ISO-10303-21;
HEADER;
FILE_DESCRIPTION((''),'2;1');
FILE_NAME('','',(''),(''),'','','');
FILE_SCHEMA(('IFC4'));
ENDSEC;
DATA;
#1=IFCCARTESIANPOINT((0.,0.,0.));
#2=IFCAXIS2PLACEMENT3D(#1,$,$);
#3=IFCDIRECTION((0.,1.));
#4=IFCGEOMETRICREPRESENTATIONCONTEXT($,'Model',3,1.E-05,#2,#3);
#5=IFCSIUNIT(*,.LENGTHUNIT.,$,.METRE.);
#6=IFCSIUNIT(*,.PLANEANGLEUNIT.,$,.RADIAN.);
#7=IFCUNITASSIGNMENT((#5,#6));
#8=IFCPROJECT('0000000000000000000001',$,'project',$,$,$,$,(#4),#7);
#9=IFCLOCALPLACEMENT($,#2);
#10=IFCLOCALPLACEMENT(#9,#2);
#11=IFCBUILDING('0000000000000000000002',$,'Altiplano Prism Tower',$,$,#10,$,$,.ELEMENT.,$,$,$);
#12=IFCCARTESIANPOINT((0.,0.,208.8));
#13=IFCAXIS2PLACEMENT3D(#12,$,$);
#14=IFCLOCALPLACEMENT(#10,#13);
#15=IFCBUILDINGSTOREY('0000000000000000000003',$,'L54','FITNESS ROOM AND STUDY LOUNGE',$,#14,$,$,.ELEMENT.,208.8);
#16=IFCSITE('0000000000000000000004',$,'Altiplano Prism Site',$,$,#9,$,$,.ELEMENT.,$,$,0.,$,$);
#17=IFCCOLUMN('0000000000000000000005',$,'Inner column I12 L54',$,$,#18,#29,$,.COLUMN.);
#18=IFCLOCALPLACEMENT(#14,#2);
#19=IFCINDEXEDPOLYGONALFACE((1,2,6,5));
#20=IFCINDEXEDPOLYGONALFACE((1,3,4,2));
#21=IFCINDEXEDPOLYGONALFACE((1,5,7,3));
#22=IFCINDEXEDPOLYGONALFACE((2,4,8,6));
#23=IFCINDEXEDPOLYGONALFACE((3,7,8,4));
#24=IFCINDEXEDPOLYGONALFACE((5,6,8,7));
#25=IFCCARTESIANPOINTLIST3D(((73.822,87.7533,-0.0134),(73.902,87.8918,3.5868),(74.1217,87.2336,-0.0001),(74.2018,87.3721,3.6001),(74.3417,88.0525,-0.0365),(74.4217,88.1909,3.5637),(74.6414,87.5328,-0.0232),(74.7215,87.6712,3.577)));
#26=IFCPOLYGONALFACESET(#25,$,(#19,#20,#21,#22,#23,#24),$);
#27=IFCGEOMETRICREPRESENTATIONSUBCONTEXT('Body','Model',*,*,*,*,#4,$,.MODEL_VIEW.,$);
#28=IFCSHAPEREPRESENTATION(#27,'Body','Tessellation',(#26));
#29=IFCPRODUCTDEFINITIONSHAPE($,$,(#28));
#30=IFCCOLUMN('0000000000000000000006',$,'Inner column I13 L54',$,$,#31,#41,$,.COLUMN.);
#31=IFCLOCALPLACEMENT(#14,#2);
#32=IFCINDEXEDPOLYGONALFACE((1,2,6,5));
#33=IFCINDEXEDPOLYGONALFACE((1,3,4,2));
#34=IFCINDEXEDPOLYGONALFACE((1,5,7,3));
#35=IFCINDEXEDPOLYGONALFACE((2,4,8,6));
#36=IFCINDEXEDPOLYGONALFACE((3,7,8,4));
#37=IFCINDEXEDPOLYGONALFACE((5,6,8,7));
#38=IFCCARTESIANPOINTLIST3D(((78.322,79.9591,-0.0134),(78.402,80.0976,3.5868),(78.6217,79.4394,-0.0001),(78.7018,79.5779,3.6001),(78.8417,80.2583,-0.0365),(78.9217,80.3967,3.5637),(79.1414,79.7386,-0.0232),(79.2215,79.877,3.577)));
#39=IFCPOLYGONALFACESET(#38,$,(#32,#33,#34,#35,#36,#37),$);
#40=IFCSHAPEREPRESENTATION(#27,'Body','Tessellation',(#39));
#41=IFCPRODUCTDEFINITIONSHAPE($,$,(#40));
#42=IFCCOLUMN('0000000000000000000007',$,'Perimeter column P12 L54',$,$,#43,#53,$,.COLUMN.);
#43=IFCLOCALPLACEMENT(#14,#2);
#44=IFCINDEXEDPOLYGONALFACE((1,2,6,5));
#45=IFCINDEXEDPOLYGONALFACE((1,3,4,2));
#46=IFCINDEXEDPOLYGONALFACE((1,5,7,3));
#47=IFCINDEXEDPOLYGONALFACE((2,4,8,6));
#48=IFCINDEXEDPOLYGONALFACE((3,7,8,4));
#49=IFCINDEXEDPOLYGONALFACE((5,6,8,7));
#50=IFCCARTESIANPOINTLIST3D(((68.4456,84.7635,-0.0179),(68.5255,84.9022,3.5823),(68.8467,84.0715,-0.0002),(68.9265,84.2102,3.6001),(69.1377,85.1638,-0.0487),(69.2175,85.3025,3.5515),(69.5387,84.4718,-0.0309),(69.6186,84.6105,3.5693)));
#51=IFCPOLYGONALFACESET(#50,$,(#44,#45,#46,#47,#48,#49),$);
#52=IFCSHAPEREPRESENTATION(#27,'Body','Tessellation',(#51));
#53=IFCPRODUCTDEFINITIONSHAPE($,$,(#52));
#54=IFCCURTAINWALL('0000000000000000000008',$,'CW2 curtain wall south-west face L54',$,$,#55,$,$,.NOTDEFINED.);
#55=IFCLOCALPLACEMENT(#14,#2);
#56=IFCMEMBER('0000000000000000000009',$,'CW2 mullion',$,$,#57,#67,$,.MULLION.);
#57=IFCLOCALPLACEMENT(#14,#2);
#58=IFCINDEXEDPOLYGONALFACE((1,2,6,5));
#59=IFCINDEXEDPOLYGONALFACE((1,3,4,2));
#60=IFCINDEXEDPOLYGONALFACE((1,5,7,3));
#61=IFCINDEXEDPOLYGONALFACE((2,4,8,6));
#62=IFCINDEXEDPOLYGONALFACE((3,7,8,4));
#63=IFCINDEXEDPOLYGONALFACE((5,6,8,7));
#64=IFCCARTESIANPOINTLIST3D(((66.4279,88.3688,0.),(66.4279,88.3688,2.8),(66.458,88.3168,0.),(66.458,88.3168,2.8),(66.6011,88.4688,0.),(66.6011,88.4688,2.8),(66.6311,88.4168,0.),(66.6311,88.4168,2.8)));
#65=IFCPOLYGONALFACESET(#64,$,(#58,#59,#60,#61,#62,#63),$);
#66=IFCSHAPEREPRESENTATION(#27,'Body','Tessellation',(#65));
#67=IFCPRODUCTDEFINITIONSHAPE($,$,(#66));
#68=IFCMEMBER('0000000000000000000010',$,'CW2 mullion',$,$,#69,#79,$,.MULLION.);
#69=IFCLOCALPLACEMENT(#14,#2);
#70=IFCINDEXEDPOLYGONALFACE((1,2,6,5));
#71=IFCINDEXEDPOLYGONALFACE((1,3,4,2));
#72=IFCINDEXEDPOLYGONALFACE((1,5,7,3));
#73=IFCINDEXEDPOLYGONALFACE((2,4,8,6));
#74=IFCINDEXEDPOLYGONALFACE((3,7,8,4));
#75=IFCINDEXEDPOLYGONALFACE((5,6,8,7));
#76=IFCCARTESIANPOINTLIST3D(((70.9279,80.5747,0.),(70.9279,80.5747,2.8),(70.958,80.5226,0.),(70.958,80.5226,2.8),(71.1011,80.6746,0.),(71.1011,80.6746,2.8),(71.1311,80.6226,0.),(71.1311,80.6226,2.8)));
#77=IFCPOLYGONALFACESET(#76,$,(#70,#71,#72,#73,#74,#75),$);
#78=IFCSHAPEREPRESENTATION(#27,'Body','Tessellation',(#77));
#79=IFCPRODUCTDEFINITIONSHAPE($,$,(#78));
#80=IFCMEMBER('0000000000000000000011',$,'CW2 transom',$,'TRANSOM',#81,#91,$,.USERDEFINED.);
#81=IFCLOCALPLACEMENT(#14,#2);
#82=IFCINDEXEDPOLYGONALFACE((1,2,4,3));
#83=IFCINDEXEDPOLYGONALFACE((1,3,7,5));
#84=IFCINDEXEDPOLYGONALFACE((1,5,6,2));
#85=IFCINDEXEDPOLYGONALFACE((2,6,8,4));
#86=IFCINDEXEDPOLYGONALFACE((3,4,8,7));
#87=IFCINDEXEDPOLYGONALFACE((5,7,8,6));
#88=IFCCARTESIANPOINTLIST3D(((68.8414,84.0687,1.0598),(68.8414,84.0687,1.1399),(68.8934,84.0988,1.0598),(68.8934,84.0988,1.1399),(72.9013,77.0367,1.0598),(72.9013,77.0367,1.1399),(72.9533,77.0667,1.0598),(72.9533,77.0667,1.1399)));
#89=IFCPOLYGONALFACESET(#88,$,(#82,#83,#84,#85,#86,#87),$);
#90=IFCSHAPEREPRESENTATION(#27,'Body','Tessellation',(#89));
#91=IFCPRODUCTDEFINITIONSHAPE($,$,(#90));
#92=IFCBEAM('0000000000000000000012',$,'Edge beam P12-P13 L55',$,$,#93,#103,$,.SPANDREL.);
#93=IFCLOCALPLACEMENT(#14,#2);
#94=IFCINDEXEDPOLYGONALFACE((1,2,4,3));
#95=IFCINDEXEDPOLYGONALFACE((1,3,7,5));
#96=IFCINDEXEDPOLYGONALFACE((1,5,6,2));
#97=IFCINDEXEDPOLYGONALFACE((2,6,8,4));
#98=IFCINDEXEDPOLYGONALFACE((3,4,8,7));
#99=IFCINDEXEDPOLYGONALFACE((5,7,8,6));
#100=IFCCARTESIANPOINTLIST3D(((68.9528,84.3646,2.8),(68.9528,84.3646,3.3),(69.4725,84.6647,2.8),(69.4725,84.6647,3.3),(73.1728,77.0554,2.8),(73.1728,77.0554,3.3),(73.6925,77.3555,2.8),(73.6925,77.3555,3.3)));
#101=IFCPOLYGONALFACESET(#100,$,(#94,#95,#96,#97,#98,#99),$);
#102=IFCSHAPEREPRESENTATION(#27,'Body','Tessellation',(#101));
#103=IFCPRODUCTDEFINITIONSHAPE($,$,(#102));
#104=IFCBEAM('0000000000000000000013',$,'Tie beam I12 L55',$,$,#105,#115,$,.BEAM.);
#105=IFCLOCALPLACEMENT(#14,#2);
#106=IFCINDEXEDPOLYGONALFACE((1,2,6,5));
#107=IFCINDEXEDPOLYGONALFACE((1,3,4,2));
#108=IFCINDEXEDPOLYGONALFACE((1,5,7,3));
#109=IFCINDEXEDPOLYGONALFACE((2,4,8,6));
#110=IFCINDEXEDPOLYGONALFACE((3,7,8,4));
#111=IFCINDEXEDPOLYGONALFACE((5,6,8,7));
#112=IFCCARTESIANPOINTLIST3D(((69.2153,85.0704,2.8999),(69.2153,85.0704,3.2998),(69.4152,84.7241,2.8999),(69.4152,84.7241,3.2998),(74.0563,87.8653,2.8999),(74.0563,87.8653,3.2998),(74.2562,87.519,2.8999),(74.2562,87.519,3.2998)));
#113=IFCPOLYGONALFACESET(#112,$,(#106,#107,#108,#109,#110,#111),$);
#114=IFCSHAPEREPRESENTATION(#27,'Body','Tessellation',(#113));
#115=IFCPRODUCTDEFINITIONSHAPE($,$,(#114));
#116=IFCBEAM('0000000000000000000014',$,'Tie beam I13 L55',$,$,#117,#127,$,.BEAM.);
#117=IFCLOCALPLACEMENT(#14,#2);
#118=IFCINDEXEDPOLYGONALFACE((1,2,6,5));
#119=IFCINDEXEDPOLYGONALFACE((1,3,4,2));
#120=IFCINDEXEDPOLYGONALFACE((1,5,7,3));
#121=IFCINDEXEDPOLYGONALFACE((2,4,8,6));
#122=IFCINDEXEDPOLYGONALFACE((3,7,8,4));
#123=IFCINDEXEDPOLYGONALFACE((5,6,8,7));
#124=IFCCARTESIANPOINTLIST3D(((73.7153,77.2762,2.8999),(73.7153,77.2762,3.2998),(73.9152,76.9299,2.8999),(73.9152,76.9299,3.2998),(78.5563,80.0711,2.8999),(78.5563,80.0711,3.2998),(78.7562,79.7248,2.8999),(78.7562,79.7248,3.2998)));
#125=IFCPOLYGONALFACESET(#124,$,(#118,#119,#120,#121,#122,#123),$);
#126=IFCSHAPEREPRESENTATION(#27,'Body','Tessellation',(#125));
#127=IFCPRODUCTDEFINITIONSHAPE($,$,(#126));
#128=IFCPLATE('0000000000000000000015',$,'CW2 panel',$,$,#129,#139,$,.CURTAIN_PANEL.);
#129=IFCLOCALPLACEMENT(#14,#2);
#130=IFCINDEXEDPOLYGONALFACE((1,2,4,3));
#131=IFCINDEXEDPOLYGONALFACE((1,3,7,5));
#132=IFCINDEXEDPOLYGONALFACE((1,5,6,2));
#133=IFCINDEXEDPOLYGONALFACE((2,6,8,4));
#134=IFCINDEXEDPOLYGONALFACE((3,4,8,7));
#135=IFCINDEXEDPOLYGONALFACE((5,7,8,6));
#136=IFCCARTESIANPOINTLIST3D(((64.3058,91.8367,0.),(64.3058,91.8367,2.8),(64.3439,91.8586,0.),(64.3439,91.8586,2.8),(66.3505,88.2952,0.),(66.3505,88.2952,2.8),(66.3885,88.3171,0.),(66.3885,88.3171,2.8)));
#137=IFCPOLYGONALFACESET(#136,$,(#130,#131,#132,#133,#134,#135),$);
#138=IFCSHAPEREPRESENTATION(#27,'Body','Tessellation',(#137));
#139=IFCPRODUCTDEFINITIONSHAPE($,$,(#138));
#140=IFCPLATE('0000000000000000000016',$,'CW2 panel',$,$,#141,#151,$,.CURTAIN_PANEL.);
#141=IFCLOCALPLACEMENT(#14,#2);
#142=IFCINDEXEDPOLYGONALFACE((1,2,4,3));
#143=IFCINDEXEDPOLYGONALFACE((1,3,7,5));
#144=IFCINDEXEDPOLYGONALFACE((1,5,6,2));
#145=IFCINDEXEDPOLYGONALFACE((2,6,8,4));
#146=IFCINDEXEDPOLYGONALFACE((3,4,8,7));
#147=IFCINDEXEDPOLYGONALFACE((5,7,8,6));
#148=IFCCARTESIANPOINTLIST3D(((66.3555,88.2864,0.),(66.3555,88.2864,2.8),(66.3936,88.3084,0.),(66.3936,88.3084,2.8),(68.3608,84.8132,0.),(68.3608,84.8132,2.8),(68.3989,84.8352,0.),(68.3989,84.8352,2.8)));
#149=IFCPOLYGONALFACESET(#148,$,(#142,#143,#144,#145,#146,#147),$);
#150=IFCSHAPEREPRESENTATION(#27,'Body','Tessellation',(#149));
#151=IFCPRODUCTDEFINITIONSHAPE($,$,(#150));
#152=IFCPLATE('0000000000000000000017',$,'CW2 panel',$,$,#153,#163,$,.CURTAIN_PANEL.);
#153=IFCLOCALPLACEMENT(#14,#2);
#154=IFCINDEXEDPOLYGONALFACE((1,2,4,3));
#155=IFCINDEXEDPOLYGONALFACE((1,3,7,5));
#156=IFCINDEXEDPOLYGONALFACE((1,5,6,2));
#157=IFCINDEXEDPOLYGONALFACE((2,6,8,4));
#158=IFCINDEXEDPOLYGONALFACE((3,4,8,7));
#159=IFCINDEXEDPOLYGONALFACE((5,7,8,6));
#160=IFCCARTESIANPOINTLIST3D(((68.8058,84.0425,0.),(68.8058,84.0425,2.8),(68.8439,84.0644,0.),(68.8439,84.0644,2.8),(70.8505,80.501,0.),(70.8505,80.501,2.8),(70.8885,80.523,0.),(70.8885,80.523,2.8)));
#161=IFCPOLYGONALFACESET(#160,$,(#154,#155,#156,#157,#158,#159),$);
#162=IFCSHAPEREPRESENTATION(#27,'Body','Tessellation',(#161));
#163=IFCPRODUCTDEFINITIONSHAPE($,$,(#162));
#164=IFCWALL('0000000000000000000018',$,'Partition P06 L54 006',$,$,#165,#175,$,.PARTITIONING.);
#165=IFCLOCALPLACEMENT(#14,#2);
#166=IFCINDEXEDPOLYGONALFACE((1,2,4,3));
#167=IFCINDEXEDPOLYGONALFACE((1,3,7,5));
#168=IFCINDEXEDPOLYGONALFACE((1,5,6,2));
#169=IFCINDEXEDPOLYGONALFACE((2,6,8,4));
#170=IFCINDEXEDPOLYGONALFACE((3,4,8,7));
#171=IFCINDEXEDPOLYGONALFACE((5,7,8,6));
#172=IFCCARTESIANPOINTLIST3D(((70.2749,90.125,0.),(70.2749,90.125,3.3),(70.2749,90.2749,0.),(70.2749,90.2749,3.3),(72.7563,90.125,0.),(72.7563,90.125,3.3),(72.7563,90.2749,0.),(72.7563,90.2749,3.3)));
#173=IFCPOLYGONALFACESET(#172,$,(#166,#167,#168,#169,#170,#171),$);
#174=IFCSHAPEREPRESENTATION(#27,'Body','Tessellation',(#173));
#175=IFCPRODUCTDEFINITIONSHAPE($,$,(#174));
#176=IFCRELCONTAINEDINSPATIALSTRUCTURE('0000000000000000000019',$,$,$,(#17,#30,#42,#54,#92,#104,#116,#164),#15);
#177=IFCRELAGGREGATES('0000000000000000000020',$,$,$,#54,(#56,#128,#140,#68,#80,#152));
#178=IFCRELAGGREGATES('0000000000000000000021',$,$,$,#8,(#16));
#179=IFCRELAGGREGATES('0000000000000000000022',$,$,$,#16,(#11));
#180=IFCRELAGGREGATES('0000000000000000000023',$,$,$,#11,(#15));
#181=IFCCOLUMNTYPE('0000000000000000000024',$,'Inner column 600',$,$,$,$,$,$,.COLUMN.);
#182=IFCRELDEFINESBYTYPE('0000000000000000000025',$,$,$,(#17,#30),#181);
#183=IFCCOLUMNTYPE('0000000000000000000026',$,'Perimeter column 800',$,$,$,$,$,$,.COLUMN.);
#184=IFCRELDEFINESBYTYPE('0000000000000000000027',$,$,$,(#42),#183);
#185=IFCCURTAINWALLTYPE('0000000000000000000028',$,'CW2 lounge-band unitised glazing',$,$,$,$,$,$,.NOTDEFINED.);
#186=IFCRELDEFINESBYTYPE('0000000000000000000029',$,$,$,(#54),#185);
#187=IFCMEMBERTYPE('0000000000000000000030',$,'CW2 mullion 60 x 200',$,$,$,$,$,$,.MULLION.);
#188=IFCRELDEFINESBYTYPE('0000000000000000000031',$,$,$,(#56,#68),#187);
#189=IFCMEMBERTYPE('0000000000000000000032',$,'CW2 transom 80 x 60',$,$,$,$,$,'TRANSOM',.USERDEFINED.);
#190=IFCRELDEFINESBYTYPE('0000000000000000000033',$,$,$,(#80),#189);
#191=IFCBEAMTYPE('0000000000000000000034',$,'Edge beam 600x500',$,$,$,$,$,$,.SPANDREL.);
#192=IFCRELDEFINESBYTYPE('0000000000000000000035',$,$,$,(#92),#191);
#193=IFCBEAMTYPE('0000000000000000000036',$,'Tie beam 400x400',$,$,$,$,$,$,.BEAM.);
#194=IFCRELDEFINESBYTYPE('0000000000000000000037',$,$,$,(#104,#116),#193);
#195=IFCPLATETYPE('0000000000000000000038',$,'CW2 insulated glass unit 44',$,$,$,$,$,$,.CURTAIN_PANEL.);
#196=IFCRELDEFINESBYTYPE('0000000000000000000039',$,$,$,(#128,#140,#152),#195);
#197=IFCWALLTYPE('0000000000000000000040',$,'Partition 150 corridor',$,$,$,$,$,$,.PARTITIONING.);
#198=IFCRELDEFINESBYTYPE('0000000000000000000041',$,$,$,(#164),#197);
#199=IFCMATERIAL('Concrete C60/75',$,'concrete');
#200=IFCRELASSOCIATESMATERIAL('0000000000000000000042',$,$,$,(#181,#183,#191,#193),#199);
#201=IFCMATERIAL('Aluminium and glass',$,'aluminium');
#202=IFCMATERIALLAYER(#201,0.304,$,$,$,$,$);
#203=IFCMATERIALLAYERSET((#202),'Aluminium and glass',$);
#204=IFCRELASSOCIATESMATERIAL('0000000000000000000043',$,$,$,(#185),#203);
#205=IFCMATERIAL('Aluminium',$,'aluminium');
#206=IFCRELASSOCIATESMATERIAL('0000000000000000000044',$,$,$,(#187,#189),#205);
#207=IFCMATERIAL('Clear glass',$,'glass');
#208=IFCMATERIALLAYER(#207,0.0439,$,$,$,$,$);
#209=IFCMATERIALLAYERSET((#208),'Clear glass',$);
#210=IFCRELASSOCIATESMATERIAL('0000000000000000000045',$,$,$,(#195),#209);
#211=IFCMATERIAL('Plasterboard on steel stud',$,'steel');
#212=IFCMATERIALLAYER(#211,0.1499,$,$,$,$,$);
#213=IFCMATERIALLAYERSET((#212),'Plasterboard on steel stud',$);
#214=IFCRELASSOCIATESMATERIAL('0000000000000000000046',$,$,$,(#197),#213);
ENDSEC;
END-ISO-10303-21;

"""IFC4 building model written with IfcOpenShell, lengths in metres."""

from ifc_helpers import new_model, si_unit, direction, frame, frame_2d, origin, origin_2d, place, context, subcontext, project, spatial, rectangle, extrude, material, layer, layer_set, material_profile, profile_set, type_object, element, aggregate, save


model = new_model("IFC4")

# Units and contexts
model_context = context("Model", 3, precision=1e-05, world=origin(), true_north=direction((0.0, 1.0)))
body_context = subcontext(model_context, "Body", "Model", "MODEL_VIEW")
ifc_project = project(units=[si_unit("LENGTHUNIT", "METRE"), si_unit("PLANEANGLEUNIT", "RADIAN")], contexts=[model_context])

# Site, building, storey
site_placement = place(None, origin())
site = spatial("IfcSite", under=ifc_project, at=site_placement, Name="Altiplano Prism Site", CompositionType="ELEMENT", RefElevation=0.0)
building_placement = place(site_placement, origin())
building = spatial("IfcBuilding", under=site, at=building_placement, Name="Altiplano Prism Tower", CompositionType="ELEMENT")
storey_placement = place(building_placement, frame((0.0, 0.0, 208.8)))
storey = spatial("IfcBuildingStorey", under=building, at=storey_placement, Name="L54", Description="FITNESS ROOM AND STUDY LOUNGE", CompositionType="ELEMENT", Elevation=208.8)

# Columns
ifc_material_1 = material(Name="Concrete C60/75", Category="concrete")
ifc_material_profile_1 = material_profile(ifc_material_1, rectangle(XDim=0.6001, YDim=0.6001, at=origin_2d()), Name="Inner column 600")
ifc_profile_set_1 = profile_set([ifc_material_profile_1], Name="Concrete C60/75")
column_type_1 = type_object("IfcColumnType", Name="Inner column 600", PredefinedType="COLUMN", material=ifc_profile_set_1)
for number, where, z_axis, x_axis, name in (
    (1, (74.2317, 87.6431, -0.0183), (0.022221, 0.038413, 0.999015), (-0.866026, -0.49852, 0.038432), "Inner column I12 L54"),
    (2, (78.7317, 79.8489, -0.0183), (0.022221, 0.038413, 0.999015), (-0.866021, -0.498528, 0.038432), "Inner column I13 L54"),
):
    element("IfcColumn", number, at=place(storey_placement, frame(where, z_axis=z_axis, x_axis=x_axis)), inside=storey, type_object=column_type_1, Name=name, PredefinedType="COLUMN", context=body_context, shape_type="SweptSolid", body=[
        extrude(rectangle(XDim=0.6001, YDim=0.6001, at=origin_2d()), origin(), (0.0, 0.0, 1.0), 3.6038),
    ])
ifc_material_profile_2 = material_profile(ifc_material_1, rectangle(XDim=0.8, YDim=0.8, at=origin_2d()), Name="Perimeter column 800")
ifc_profile_set_2 = profile_set([ifc_material_profile_2], Name="Concrete C60/75")
column_type_2 = type_object("IfcColumnType", Name="Perimeter column 800", PredefinedType="COLUMN", material=ifc_profile_set_2)
column_placement = place(storey_placement, frame((68.9922, 84.6177, -0.0244), z_axis=(0.022154, 0.038481, 0.999014), x_axis=(-0.864984, -0.500324, 0.038453)))
element("IfcColumn", 3, at=column_placement, inside=storey, type_object=column_type_2, Name="Perimeter column P12 L54", PredefinedType="COLUMN", context=body_context, shape_type="SweptSolid", body=[
    extrude(rectangle(XDim=0.8, YDim=0.8, at=origin_2d()), origin(), (0.0, 0.0, 1.0), 3.6038),
])

# Curtain wall, members
ifc_material_2 = material(Name="Aluminium and glass", Category="aluminium")
ifc_layer_1 = layer(ifc_material_2, 0.304)
ifc_layer_set_1 = layer_set([ifc_layer_1], Name="Aluminium and glass")
curtain_wall_type = type_object("IfcCurtainWallType", Name="CW2 lounge-band unitised glazing", PredefinedType="NOTDEFINED", material=ifc_layer_set_1)
curtain_wall_placement = place(storey_placement, origin())
curtain_wall = element("IfcCurtainWall", 4, at=curtain_wall_placement, inside=storey, type_object=curtain_wall_type, Name="CW2 curtain wall south-west face L54", PredefinedType="NOTDEFINED")
ifc_material_3 = material(Name="Aluminium", Category="aluminium")
ifc_material_profile_3 = material_profile(ifc_material_3, rectangle(XDim=0.2, YDim=0.0601, at=origin_2d()), Name="CW2 mullion 60 x 200")
ifc_profile_set_3 = profile_set([ifc_material_profile_3], Name="Aluminium")
member_type_1 = type_object("IfcMemberType", Name="CW2 mullion 60 x 200", PredefinedType="MULLION", material=ifc_profile_set_3)
member_1_placement = place(storey_placement, frame((66.5295, 88.3928, 0.0), z_axis=(0.0, 0.0, 1.0), x_axis=(0.866025, 0.5, 0.0)))
member_1 = element("IfcMember", 5, at=member_1_placement, type_object=member_type_1, Name="CW2 mullion", PredefinedType="MULLION", context=body_context, shape_type="SweptSolid", body=[
    extrude(rectangle(XDim=0.2, YDim=0.0601, at=origin_2d()), origin(), (0.0, 0.0, 1.0), 2.8),
])
member_2_placement = place(storey_placement, frame((71.0295, 80.5986, 0.0), z_axis=(0.0, 0.0, 1.0), x_axis=(0.866025, 0.5, 0.0)))
member_2 = element("IfcMember", 6, at=member_2_placement, type_object=member_type_1, Name="CW2 mullion", PredefinedType="MULLION", context=body_context, shape_type="SweptSolid", body=[
    extrude(rectangle(XDim=0.2, YDim=0.0601, at=origin_2d()), origin(), (0.0, 0.0, 1.0), 2.8),
])
ifc_material_profile_4 = material_profile(ifc_material_3, rectangle(XDim=0.0601, YDim=0.0801, at=origin_2d()), Name="CW2 transom 80 x 60")
ifc_profile_set_4 = profile_set([ifc_material_profile_4], Name="Aluminium")
member_type_2 = type_object("IfcMemberType", Name="CW2 transom 80 x 60", ElementType="TRANSOM", PredefinedType="USERDEFINED", material=ifc_profile_set_4)
member_3_placement = place(storey_placement, frame((68.8674, 84.0837, 1.0999), z_axis=(0.499991, -0.866031, 0.0), x_axis=(0.866031, 0.499991, 0.0)))
member_3 = element("IfcMember", 7, at=member_3_placement, type_object=member_type_2, Name="CW2 transom", ObjectType="TRANSOM", PredefinedType="USERDEFINED", context=body_context, shape_type="SweptSolid", body=[
    extrude(rectangle(XDim=0.0601, YDim=0.0801, at=origin_2d()), origin(), (0.0, 0.0, 1.0), 8.1199),
])

# Beams
ifc_material_profile_5 = material_profile(ifc_material_1, rectangle(XDim=0.6001, YDim=0.5, at=origin_2d()), Name="Edge beam 600x500")
ifc_profile_set_5 = profile_set([ifc_material_profile_5], Name="Concrete C60/75")
beam_type_1 = type_object("IfcBeamType", Name="Edge beam 600x500", PredefinedType="SPANDREL", material=ifc_profile_set_5)
beam_placement = place(storey_placement, frame((69.2126, 84.5146, 3.05), z_axis=(0.500006, -0.866022, 0.0), x_axis=(0.866022, 0.500006, 0.0)))
element("IfcBeam", 8, at=beam_placement, inside=storey, type_object=beam_type_1, Name="Edge beam P12-P13 L55", PredefinedType="SPANDREL", context=body_context, shape_type="SweptSolid", body=[
    extrude(rectangle(XDim=0.6001, YDim=0.5, at=origin_2d()), origin(), (0.0, 0.0, 1.0), 8.4399),
])
ifc_material_profile_6 = material_profile(ifc_material_1, rectangle(XDim=0.3999, YDim=0.3999, at=origin_2d()), Name="Tie beam 400x400")
ifc_profile_set_6 = profile_set([ifc_material_profile_6], Name="Concrete C60/75")
beam_type_2 = type_object("IfcBeamType", Name="Tie beam 400x400", PredefinedType="BEAM", material=ifc_profile_set_6)
for number, where, z_axis, x_axis, name in (
    (9, (74.1562, 87.6921, 3.0999), (-0.866031, -0.499991, 0.0), (0.499991, -0.866031, 0.0), "Tie beam I12 L55"),
    (10, (78.6562, 79.8979, 3.0999), (-0.866031, -0.499991, 0.0), (0.499991, -0.866031, 0.0), "Tie beam I13 L55"),
):
    element("IfcBeam", number, at=place(storey_placement, frame(where, z_axis=z_axis, x_axis=x_axis)), inside=storey, type_object=beam_type_2, Name=name, PredefinedType="BEAM", context=body_context, shape_type="SweptSolid", body=[
        extrude(rectangle(XDim=0.3999, YDim=0.3999, at=origin_2d()), origin(), (0.0, 0.0, 1.0), 5.5898),
    ])

# Plates
ifc_material_4 = material(Name="Clear glass", Category="glass")
ifc_layer_2 = layer(ifc_material_4, 0.0439)
ifc_layer_set_2 = layer_set([ifc_layer_2], Name="Clear glass")
plate_type = type_object("IfcPlateType", Name="CW2 insulated glass unit 44", PredefinedType="CURTAIN_PANEL", material=ifc_layer_set_2)
plate_1_placement = place(storey_placement, frame((65.3472, 90.0769, 0.0), z_axis=(0.0, 0.0, 1.0), x_axis=(0.5, -0.866025, 0.0)))
plate_1 = element("IfcPlate", 11, at=plate_1_placement, type_object=plate_type, Name="CW2 panel", PredefinedType="CURTAIN_PANEL", context=body_context, shape_type="SweptSolid", body=[
    extrude(rectangle(XDim=4.0894, YDim=0.0439, at=origin_2d()), origin(), (0.0, 0.0, 1.0), 2.8),
])
plate_2_placement = place(storey_placement, frame((67.3772, 86.5608, 0.0), z_axis=(0.0, 0.0, 1.0), x_axis=(0.5, -0.866025, 0.0)))
plate_2 = element("IfcPlate", 12, at=plate_2_placement, type_object=plate_type, Name="CW2 panel", PredefinedType="CURTAIN_PANEL", context=body_context, shape_type="SweptSolid", body=[
    extrude(rectangle(XDim=4.0105, YDim=0.0439, at=origin_2d()), origin(), (0.0, 0.0, 1.0), 2.8),
])
plate_3_placement = place(storey_placement, frame((69.8472, 82.2827, 0.0), z_axis=(0.0, 0.0, 1.0), x_axis=(0.5, -0.866025, 0.0)))
plate_3 = element("IfcPlate", 13, at=plate_3_placement, type_object=plate_type, Name="CW2 panel", PredefinedType="CURTAIN_PANEL", context=body_context, shape_type="SweptSolid", body=[
    extrude(rectangle(XDim=4.0894, YDim=0.0439, at=origin_2d()), origin(), (0.0, 0.0, 1.0), 2.8),
])
aggregate(curtain_wall, [member_1, plate_1, plate_2, member_2, member_3, plate_3])

# Wall
ifc_material_5 = material(Name="Plasterboard on steel stud", Category="steel")
ifc_layer_3 = layer(ifc_material_5, 0.1499)
ifc_layer_set_3 = layer_set([ifc_layer_3], Name="Plasterboard on steel stud")
wall_type_1 = type_object("IfcWallType", Name="Partition 150 corridor", PredefinedType="PARTITIONING", material=ifc_layer_set_3)
wall_1_placement = place(storey_placement, frame((70.2749, 90.2, 0.0), z_axis=(0.0, 0.0, 1.0), x_axis=(1.0, 0.0, 0.0)))
element("IfcWall", 14, at=wall_1_placement, inside=storey, type_object=wall_type_1, Name="Partition P06 L54 006", PredefinedType="PARTITIONING", context=body_context, shape_type="SweptSolid", body=[
    extrude(rectangle(XDim=2.4814, YDim=0.1499, at=frame_2d((1.2407, 0.0))), origin(), (0.0, 0.0, 1.0), 3.3),
])

save(model, "model.ifc")
